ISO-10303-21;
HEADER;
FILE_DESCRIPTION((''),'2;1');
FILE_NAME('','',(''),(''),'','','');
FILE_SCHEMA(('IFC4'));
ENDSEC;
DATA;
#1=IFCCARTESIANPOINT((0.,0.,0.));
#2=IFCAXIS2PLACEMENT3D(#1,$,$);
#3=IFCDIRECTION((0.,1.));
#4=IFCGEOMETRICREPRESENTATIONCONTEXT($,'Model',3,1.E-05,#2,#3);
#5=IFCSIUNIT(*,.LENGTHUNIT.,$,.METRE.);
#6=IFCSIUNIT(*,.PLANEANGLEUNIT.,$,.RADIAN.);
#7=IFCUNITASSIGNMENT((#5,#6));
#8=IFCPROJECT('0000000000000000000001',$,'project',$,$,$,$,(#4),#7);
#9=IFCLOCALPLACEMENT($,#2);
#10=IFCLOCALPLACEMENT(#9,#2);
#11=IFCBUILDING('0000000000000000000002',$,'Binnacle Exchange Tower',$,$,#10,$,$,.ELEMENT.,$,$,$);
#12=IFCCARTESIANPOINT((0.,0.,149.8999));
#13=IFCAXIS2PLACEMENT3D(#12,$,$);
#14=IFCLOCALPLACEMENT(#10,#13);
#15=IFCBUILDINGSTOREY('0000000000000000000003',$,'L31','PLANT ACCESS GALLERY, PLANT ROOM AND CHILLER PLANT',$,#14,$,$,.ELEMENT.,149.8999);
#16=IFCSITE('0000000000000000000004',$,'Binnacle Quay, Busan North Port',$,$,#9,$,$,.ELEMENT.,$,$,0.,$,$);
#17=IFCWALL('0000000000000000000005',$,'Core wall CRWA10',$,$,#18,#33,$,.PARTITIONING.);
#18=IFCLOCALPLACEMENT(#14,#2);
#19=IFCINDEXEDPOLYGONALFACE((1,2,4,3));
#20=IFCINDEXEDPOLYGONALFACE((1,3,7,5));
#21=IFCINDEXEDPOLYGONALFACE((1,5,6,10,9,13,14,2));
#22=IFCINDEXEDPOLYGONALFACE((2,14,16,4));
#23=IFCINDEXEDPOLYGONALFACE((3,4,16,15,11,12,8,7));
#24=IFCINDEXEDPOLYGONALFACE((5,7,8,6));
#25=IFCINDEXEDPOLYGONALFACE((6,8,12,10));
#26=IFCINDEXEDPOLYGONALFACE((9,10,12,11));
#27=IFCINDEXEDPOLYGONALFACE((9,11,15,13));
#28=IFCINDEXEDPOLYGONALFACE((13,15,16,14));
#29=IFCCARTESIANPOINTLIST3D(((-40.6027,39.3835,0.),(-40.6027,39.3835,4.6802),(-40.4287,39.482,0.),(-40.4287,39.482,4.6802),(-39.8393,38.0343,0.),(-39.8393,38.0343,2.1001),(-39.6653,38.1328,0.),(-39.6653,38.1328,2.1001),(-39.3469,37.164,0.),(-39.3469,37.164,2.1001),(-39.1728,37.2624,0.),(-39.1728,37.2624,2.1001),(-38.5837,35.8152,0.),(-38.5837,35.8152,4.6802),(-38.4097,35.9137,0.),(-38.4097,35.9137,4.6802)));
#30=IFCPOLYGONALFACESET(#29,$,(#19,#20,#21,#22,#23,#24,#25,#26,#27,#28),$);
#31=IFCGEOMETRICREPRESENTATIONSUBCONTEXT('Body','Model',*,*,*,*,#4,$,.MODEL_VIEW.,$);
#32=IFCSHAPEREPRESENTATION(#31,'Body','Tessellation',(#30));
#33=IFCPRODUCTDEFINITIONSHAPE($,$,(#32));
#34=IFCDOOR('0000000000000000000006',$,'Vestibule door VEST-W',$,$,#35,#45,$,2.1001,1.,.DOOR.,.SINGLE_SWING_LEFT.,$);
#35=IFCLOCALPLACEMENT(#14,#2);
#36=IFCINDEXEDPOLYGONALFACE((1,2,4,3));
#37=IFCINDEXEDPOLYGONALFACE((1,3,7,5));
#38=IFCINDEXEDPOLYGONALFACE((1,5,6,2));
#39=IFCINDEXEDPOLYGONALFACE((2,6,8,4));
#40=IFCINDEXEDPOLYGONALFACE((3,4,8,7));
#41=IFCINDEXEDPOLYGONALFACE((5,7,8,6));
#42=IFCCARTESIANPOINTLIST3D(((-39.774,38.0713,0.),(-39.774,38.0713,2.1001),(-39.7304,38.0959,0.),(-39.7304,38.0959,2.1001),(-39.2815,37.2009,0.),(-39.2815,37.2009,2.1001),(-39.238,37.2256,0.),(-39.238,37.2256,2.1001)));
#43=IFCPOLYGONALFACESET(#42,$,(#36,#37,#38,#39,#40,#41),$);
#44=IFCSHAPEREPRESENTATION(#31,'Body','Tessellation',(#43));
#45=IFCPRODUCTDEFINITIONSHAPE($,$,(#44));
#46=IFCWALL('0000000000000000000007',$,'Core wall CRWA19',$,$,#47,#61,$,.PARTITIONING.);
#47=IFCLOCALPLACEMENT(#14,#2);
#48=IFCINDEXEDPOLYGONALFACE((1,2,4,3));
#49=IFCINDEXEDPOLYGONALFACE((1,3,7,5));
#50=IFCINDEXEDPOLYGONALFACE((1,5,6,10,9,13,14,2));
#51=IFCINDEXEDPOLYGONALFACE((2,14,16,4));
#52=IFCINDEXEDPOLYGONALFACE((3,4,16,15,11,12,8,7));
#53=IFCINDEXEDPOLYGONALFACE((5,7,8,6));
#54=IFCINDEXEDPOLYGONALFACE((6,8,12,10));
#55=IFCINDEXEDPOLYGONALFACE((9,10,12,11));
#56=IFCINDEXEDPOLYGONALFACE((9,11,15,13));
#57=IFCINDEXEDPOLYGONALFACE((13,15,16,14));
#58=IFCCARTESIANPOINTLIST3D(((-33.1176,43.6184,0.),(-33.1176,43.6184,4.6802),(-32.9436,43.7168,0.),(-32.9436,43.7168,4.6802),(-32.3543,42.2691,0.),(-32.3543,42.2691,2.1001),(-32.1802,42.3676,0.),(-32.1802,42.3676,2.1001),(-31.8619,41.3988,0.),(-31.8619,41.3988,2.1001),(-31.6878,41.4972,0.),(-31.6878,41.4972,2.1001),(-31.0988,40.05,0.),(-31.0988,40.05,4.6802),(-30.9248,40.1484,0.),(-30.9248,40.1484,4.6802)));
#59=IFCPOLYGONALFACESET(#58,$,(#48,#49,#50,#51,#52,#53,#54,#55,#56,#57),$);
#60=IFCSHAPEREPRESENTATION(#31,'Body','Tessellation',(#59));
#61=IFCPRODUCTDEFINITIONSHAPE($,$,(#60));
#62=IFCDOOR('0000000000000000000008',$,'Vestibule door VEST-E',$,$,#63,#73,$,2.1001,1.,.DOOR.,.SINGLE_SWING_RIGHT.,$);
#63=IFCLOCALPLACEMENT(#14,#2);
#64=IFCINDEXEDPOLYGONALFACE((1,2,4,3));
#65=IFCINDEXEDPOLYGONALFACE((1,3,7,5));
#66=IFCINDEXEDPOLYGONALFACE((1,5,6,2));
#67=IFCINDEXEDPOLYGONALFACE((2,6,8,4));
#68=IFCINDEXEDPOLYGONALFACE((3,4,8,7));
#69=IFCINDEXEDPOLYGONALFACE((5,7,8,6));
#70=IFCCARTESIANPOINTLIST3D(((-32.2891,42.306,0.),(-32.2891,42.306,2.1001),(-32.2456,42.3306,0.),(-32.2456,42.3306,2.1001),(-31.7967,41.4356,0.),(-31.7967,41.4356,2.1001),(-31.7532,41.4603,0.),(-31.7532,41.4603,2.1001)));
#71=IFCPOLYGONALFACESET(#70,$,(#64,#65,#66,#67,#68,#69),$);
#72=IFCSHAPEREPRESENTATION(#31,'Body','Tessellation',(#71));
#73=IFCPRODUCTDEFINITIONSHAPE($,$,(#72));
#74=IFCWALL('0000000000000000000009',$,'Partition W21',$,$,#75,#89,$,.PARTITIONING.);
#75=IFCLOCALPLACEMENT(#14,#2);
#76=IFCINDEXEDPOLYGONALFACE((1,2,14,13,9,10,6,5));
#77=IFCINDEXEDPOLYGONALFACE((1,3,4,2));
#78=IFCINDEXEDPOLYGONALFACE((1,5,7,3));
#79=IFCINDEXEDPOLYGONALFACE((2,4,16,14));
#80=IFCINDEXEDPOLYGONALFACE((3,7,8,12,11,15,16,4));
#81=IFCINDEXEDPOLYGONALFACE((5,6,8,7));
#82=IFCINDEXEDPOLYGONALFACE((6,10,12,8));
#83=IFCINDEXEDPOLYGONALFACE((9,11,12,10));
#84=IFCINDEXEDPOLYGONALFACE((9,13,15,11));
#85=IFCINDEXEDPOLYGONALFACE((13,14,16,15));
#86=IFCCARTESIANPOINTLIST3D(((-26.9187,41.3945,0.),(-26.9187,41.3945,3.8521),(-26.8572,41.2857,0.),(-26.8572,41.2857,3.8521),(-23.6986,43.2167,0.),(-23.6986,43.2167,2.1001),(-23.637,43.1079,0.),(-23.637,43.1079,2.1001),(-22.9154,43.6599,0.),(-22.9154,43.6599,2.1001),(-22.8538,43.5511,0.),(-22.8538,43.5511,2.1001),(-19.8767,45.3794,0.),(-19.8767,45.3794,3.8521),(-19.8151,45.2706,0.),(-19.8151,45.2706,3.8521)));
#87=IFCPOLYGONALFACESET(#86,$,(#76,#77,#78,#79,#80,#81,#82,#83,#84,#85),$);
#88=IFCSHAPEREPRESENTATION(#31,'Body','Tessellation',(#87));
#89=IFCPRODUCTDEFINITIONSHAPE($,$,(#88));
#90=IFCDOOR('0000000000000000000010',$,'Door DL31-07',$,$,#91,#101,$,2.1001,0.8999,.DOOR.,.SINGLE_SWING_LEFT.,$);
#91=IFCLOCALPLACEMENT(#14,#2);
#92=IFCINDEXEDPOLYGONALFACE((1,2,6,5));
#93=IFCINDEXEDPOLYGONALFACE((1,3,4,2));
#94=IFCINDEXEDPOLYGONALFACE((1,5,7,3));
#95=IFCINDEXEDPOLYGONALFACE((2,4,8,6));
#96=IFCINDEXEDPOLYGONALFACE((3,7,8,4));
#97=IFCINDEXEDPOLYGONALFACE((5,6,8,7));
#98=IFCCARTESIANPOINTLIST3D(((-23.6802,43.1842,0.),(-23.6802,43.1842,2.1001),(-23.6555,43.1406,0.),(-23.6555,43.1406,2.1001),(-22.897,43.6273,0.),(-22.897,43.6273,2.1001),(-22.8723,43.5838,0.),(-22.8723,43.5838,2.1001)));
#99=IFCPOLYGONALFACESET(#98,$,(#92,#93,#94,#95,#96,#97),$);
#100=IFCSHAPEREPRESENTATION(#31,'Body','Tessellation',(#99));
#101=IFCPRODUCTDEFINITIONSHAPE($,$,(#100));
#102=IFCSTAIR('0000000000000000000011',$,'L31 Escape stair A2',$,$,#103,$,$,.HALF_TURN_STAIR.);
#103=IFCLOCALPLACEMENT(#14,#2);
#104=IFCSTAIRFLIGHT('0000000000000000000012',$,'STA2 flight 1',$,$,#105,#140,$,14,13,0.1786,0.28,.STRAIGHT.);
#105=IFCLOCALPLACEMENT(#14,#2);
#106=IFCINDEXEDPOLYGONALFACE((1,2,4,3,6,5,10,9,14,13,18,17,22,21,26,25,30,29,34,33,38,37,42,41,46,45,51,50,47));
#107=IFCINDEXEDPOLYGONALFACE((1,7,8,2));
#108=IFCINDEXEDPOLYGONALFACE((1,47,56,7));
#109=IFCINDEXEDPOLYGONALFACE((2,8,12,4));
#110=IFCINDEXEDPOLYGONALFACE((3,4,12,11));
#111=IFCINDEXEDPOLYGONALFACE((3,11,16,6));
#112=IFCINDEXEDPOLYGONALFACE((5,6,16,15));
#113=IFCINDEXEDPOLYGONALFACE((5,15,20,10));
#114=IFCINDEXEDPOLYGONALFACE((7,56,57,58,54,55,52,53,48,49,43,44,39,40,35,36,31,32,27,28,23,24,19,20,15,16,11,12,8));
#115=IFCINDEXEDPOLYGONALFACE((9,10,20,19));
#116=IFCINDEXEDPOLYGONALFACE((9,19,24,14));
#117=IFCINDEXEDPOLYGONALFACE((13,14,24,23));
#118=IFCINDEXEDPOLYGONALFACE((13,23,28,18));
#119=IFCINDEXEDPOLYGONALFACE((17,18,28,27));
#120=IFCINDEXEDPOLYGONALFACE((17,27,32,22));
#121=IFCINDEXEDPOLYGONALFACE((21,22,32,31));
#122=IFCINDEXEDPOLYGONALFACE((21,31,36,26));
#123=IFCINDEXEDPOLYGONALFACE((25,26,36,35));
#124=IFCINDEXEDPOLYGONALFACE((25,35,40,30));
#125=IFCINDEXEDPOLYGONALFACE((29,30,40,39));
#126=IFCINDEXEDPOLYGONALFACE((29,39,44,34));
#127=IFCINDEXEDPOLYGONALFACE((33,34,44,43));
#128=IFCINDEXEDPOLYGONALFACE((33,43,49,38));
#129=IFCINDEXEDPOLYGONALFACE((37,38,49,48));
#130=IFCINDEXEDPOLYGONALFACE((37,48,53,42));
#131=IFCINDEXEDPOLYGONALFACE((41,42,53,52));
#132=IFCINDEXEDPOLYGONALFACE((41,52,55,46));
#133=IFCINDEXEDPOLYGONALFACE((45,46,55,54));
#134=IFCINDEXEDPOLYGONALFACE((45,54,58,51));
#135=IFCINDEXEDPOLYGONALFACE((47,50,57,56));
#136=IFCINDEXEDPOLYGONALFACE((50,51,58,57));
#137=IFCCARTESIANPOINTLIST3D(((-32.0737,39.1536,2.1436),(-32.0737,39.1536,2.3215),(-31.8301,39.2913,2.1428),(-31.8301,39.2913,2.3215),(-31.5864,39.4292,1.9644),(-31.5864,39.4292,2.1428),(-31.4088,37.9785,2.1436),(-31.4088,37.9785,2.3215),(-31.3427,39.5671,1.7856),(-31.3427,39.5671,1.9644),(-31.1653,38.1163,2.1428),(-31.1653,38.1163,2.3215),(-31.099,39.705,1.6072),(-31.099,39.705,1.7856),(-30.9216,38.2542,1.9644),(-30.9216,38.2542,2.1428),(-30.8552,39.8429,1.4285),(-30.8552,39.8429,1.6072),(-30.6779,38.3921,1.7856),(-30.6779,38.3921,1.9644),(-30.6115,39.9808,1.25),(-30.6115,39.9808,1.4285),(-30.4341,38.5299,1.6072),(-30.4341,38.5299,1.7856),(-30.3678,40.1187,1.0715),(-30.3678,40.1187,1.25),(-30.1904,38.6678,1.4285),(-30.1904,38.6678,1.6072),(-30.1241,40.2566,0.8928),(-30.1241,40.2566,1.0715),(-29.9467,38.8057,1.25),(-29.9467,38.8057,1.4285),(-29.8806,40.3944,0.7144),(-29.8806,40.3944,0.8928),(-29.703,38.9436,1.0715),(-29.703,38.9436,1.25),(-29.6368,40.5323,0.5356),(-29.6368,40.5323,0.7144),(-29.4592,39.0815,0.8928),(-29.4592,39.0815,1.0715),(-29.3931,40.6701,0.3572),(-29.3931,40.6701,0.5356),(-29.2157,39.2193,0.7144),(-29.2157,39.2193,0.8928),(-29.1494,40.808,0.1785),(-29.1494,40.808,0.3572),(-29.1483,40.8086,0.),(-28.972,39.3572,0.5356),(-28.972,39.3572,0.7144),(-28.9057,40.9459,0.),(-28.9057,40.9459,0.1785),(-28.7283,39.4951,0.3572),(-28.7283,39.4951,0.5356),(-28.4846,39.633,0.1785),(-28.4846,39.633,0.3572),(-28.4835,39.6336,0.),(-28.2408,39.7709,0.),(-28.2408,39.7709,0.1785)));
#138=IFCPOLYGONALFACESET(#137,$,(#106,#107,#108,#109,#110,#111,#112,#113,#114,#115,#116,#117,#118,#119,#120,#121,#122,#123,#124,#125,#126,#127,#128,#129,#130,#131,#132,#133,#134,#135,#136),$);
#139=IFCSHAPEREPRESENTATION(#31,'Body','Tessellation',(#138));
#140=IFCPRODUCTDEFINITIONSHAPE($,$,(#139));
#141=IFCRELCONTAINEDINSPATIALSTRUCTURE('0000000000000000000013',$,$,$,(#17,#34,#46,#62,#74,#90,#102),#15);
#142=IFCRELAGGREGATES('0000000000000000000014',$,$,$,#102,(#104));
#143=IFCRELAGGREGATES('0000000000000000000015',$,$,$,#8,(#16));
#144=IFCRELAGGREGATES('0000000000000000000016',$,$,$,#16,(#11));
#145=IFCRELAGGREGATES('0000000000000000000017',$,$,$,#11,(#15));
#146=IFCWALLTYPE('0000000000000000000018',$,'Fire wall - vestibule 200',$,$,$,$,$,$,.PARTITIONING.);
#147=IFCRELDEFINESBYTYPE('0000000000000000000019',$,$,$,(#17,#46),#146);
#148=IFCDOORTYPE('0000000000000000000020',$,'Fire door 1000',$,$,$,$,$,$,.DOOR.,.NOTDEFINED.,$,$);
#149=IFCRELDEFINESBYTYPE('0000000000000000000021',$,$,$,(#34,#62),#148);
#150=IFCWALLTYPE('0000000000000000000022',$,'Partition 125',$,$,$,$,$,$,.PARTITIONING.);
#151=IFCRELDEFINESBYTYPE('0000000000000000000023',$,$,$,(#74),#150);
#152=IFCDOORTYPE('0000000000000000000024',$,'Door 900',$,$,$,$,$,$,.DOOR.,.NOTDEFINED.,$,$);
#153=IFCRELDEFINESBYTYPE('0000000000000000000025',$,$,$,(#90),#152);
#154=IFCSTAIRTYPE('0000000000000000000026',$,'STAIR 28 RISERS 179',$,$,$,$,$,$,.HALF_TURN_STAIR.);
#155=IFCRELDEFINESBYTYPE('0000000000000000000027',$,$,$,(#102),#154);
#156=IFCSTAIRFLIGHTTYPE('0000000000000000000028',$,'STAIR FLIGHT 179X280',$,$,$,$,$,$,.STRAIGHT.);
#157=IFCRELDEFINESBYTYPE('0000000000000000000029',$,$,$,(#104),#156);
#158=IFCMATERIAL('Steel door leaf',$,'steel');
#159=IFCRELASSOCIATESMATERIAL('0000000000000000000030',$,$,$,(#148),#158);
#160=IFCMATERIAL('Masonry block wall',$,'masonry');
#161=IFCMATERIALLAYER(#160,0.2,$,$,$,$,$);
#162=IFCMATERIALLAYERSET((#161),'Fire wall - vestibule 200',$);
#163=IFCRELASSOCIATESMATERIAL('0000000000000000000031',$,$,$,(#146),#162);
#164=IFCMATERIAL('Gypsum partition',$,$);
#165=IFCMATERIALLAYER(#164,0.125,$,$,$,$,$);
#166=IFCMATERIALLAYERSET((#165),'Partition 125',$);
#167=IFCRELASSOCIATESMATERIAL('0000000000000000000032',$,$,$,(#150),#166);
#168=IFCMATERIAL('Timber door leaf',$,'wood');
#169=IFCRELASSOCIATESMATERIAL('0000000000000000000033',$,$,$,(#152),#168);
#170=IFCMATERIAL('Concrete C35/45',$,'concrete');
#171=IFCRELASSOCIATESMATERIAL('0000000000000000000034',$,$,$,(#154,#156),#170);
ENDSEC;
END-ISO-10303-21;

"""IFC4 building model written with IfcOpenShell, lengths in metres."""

from ifc_helpers import new_model, si_unit, direction, frame, frame_2d, origin, place, context, subcontext, project, spatial, polyline, rectangle, outline, extrude, material, layer, layer_set, type_object, element, fill, aggregate, save


model = new_model("IFC4")

# Units and contexts
model_context = context("Model", 3, precision=1e-05, world=origin(), true_north=direction((0.0, 1.0)))
body_context = subcontext(model_context, "Body", "Model", "MODEL_VIEW")
ifc_project = project(units=[si_unit("LENGTHUNIT", "METRE"), si_unit("PLANEANGLEUNIT", "RADIAN")], contexts=[model_context])

# Site, building, storey
site_placement = place(None, origin())
site = spatial("IfcSite", under=ifc_project, at=site_placement, Name="Binnacle Quay, Busan North Port", CompositionType="ELEMENT", RefElevation=0.0)
building_placement = place(site_placement, origin())
building = spatial("IfcBuilding", under=site, at=building_placement, Name="Binnacle Exchange Tower", CompositionType="ELEMENT")
storey_placement = place(building_placement, frame((0.0, 0.0, 149.8999)))
storey = spatial("IfcBuildingStorey", under=building, at=storey_placement, Name="L31", Description="PLANT ACCESS GALLERY, PLANT ROOM AND CHILLER PLANT", CompositionType="ELEMENT", Elevation=149.8999)

# Shared definitions
ifc_material_1 = material(Name="Steel door leaf", Category="steel")

# Shared definitions
door_type_1 = type_object("IfcDoorType", Name="Fire door 1000", OperationType="NOTDEFINED", PredefinedType="DOOR", material=ifc_material_1)

# Walls, openings, doors
ifc_material_2 = material(Name="Masonry block wall", Category="masonry")
ifc_layer_1 = layer(ifc_material_2, 0.2)
ifc_layer_set_1 = layer_set([ifc_layer_1], Name="Fire wall - vestibule 200")
wall_type_1 = type_object("IfcWallType", Name="Fire wall - vestibule 200", PredefinedType="PARTITIONING", material=ifc_layer_set_1)
wall_1_placement = place(storey_placement, frame((-40.5156, 39.4326, 0.0), z_axis=(0.0, 0.0, 1.0), x_axis=(0.492454, -0.870339, 0.0)))
wall_1 = element("IfcWall", 1, at=wall_1_placement, inside=storey, type_object=wall_type_1, Name="Core wall CRWA10", PredefinedType="PARTITIONING", context=body_context, shape_type="SweptSolid", body=[
    extrude(rectangle(XDim=4.0999, YDim=0.2, at=frame_2d((2.0498, 0.0))), origin(), (0.0, 0.0, 1.0), 4.6802),
])
opening_1_placement = place(wall_1_placement, frame((1.55, 0.0, 0.0)))
opening_1 = element("IfcOpeningElement", 2, at=opening_1_placement, cuts=wall_1, PredefinedType="OPENING", context=body_context, shape_type="SweptSolid", body=[
    extrude(rectangle(XDim=1.0, YDim=2.1001, at=frame_2d((0.5, 1.05))), frame((0.0, 0.1099, 0.0), z_axis=(0.0, -1.0, 0.0), x_axis=(1.0, 0.0, 0.0)), (0.0, 0.0, 1.0), 0.22),
])
door_1_placement = place(opening_1_placement, frame((1.0, 0.0, 0.0), z_axis=(0.0, 0.0, 1.0), x_axis=(-1.0, 0.0, 0.0)))
door_1 = element("IfcDoor", 3, at=door_1_placement, inside=storey, type_object=door_type_1, Name="Vestibule door VEST-W", OperationType="SINGLE_SWING_LEFT", OverallHeight=2.1001, OverallWidth=1.0, PredefinedType="DOOR", context=body_context, shape_type="SweptSolid", body=[
    extrude(rectangle(XDim=1.0, YDim=2.1001, at=frame_2d((0.5, 1.05))), frame((0.0, 0.0249, 0.0), z_axis=(0.0, -1.0, 0.0), x_axis=(1.0, 0.0, 0.0)), (0.0, 0.0, 1.0), 0.05),
])
fill(opening_1, door_1)
wall_2_placement = place(storey_placement, frame((-33.0305, 43.6675, 0.0), z_axis=(0.0, 0.0, 1.0), x_axis=(0.492408, -0.870364, 0.0)))
wall_2 = element("IfcWall", 4, at=wall_2_placement, inside=storey, type_object=wall_type_1, Name="Core wall CRWA19", PredefinedType="PARTITIONING", context=body_context, shape_type="SweptSolid", body=[
    extrude(rectangle(XDim=4.0999, YDim=0.2, at=frame_2d((2.0498, 0.0))), origin(), (0.0, 0.0, 1.0), 4.6802),
])
opening_2_placement = place(wall_2_placement, frame((1.55, 0.0, 0.0)))
opening_2 = element("IfcOpeningElement", 5, at=opening_2_placement, cuts=wall_2, PredefinedType="OPENING", context=body_context, shape_type="SweptSolid", body=[
    extrude(rectangle(XDim=1.0, YDim=2.1001, at=frame_2d((0.5, 1.05))), frame((0.0, 0.1099, 0.0), z_axis=(0.0, -1.0, 0.0), x_axis=(1.0, 0.0, 0.0)), (0.0, 0.0, 1.0), 0.22),
])
door_2_placement = place(opening_2_placement, origin())
door_2 = element("IfcDoor", 6, at=door_2_placement, inside=storey, type_object=door_type_1, Name="Vestibule door VEST-E", OperationType="SINGLE_SWING_RIGHT", OverallHeight=2.1001, OverallWidth=1.0, PredefinedType="DOOR", context=body_context, shape_type="SweptSolid", body=[
    extrude(rectangle(XDim=1.0, YDim=2.1001, at=frame_2d((0.5, 1.05))), frame((0.0, 0.0249, 0.0), z_axis=(0.0, -1.0, 0.0), x_axis=(1.0, 0.0, 0.0)), (0.0, 0.0, 1.0), 0.05),
])
fill(opening_2, door_2)
ifc_material_3 = material(Name="Gypsum partition")
ifc_layer_2 = layer(ifc_material_3, 0.125)
ifc_layer_set_2 = layer_set([ifc_layer_2], Name="Partition 125")
wall_type_2 = type_object("IfcWallType", Name="Partition 125", PredefinedType="PARTITIONING", material=ifc_layer_set_2)
wall_3_placement = place(storey_placement, frame((-26.8879, 41.3401, 0.0), z_axis=(0.0, 0.0, 1.0), x_axis=(0.870319, 0.492489, 0.0)))
wall_3 = element("IfcWall", 7, at=wall_3_placement, inside=storey, type_object=wall_type_2, Name="Partition W21", PredefinedType="PARTITIONING", context=body_context, shape_type="SweptSolid", body=[
    extrude(rectangle(XDim=8.0913, YDim=0.125, at=frame_2d((4.0457, 0.0))), origin(), (0.0, 0.0, 1.0), 3.8521),
])
opening_3_placement = place(wall_3_placement, frame((3.7, 0.0, 0.0)))
opening_3 = element("IfcOpeningElement", 8, at=opening_3_placement, cuts=wall_3, PredefinedType="OPENING", context=body_context, shape_type="SweptSolid", body=[
    extrude(rectangle(XDim=0.8999, YDim=2.1001, at=frame_2d((0.45, 1.05))), frame((0.0, 0.0725, 0.0), z_axis=(0.0, -1.0, 0.0), x_axis=(1.0, 0.0, 0.0)), (0.0, 0.0, 1.0), 0.145),
])
ifc_material_4 = material(Name="Timber door leaf", Category="wood")
door_type_2 = type_object("IfcDoorType", Name="Door 900", OperationType="NOTDEFINED", PredefinedType="DOOR", material=ifc_material_4)
door_3_placement = place(opening_3_placement, frame((0.8999, 0.0, 0.0), z_axis=(0.0, 0.0, 1.0), x_axis=(-1.0, 0.0, 0.0)))
door_3 = element("IfcDoor", 9, at=door_3_placement, inside=storey, type_object=door_type_2, Name="Door DL31-07", OperationType="SINGLE_SWING_LEFT", OverallHeight=2.1001, OverallWidth=0.8999, PredefinedType="DOOR", context=body_context, shape_type="SweptSolid", body=[
    extrude(rectangle(XDim=0.8999, YDim=2.1001, at=frame_2d((0.45, 1.05))), frame((0.0, 0.0249, 0.0), z_axis=(0.0, -1.0, 0.0), x_axis=(1.0, 0.0, 0.0)), (0.0, 0.0, 1.0), 0.05),
])
fill(opening_3, door_3)

# Stair, stair flight
ifc_material_5 = material(Name="Concrete C35/45", Category="concrete")
stair_type = type_object("IfcStairType", Name="STAIR 28 RISERS 179", PredefinedType="HALF_TURN_STAIR", material=ifc_material_5)
stair_placement = place(storey_placement, origin())
stair = element("IfcStair", 10, at=stair_placement, inside=storey, type_object=stair_type, Name="L31 Escape stair A2", PredefinedType="HALF_TURN_STAIR")
stair_flight_type = type_object("IfcStairFlightType", Name="STAIR FLIGHT 179X280", PredefinedType="STRAIGHT", material=ifc_material_5)
stair_flight_placement = place(storey_placement, frame((-28.5732, 40.3584, 0.0), z_axis=(0.0, 0.0, 1.0), x_axis=(-0.870356, -0.492424, 0.0)))
stair_flight = element("IfcStairFlight", 11, at=stair_flight_placement, type_object=stair_flight_type, Name="STA2 flight 1", NumberOfRisers=14, NumberOfTreads=13, PredefinedType="STRAIGHT", RiserHeight=0.1786, TreadLength=0.28, context=body_context, shape_type="SweptSolid", body=[
    extrude(outline(polyline([(0.0, 0.0), (0.0, 0.1785), (0.28, 0.1785), (0.28, 0.3572), (0.5601, 0.3572), (0.5601, 0.5356), (0.8401, 0.5356), (0.8401, 0.7144), (1.1201, 0.7144), (1.1201, 0.8928), (1.3999, 0.8928), (1.3999, 1.0715), (1.6799, 1.0715), (1.6799, 1.25), (1.96, 1.25), (1.96, 1.4285), (2.24, 1.4285), (2.24, 1.6072), (2.52, 1.6072), (2.52, 1.7856), (2.8, 1.7856), (2.8, 1.9644), (3.0801, 1.9644), (3.0801, 2.1428), (3.3601, 2.1428), (3.3601, 2.3215), (3.6399, 2.3215), (3.6399, 2.5), (3.6399, 2.1436), (0.2788, 0.0), (0.0, 0.0)])), frame((0.0, 0.675, 0.0), z_axis=(0.0, -1.0, 0.0), x_axis=(1.0, 0.0, 0.0)), (0.0, 0.0, 1.0), 1.3501),
])
aggregate(stair, [stair_flight])

save(model, "model.ifc")
